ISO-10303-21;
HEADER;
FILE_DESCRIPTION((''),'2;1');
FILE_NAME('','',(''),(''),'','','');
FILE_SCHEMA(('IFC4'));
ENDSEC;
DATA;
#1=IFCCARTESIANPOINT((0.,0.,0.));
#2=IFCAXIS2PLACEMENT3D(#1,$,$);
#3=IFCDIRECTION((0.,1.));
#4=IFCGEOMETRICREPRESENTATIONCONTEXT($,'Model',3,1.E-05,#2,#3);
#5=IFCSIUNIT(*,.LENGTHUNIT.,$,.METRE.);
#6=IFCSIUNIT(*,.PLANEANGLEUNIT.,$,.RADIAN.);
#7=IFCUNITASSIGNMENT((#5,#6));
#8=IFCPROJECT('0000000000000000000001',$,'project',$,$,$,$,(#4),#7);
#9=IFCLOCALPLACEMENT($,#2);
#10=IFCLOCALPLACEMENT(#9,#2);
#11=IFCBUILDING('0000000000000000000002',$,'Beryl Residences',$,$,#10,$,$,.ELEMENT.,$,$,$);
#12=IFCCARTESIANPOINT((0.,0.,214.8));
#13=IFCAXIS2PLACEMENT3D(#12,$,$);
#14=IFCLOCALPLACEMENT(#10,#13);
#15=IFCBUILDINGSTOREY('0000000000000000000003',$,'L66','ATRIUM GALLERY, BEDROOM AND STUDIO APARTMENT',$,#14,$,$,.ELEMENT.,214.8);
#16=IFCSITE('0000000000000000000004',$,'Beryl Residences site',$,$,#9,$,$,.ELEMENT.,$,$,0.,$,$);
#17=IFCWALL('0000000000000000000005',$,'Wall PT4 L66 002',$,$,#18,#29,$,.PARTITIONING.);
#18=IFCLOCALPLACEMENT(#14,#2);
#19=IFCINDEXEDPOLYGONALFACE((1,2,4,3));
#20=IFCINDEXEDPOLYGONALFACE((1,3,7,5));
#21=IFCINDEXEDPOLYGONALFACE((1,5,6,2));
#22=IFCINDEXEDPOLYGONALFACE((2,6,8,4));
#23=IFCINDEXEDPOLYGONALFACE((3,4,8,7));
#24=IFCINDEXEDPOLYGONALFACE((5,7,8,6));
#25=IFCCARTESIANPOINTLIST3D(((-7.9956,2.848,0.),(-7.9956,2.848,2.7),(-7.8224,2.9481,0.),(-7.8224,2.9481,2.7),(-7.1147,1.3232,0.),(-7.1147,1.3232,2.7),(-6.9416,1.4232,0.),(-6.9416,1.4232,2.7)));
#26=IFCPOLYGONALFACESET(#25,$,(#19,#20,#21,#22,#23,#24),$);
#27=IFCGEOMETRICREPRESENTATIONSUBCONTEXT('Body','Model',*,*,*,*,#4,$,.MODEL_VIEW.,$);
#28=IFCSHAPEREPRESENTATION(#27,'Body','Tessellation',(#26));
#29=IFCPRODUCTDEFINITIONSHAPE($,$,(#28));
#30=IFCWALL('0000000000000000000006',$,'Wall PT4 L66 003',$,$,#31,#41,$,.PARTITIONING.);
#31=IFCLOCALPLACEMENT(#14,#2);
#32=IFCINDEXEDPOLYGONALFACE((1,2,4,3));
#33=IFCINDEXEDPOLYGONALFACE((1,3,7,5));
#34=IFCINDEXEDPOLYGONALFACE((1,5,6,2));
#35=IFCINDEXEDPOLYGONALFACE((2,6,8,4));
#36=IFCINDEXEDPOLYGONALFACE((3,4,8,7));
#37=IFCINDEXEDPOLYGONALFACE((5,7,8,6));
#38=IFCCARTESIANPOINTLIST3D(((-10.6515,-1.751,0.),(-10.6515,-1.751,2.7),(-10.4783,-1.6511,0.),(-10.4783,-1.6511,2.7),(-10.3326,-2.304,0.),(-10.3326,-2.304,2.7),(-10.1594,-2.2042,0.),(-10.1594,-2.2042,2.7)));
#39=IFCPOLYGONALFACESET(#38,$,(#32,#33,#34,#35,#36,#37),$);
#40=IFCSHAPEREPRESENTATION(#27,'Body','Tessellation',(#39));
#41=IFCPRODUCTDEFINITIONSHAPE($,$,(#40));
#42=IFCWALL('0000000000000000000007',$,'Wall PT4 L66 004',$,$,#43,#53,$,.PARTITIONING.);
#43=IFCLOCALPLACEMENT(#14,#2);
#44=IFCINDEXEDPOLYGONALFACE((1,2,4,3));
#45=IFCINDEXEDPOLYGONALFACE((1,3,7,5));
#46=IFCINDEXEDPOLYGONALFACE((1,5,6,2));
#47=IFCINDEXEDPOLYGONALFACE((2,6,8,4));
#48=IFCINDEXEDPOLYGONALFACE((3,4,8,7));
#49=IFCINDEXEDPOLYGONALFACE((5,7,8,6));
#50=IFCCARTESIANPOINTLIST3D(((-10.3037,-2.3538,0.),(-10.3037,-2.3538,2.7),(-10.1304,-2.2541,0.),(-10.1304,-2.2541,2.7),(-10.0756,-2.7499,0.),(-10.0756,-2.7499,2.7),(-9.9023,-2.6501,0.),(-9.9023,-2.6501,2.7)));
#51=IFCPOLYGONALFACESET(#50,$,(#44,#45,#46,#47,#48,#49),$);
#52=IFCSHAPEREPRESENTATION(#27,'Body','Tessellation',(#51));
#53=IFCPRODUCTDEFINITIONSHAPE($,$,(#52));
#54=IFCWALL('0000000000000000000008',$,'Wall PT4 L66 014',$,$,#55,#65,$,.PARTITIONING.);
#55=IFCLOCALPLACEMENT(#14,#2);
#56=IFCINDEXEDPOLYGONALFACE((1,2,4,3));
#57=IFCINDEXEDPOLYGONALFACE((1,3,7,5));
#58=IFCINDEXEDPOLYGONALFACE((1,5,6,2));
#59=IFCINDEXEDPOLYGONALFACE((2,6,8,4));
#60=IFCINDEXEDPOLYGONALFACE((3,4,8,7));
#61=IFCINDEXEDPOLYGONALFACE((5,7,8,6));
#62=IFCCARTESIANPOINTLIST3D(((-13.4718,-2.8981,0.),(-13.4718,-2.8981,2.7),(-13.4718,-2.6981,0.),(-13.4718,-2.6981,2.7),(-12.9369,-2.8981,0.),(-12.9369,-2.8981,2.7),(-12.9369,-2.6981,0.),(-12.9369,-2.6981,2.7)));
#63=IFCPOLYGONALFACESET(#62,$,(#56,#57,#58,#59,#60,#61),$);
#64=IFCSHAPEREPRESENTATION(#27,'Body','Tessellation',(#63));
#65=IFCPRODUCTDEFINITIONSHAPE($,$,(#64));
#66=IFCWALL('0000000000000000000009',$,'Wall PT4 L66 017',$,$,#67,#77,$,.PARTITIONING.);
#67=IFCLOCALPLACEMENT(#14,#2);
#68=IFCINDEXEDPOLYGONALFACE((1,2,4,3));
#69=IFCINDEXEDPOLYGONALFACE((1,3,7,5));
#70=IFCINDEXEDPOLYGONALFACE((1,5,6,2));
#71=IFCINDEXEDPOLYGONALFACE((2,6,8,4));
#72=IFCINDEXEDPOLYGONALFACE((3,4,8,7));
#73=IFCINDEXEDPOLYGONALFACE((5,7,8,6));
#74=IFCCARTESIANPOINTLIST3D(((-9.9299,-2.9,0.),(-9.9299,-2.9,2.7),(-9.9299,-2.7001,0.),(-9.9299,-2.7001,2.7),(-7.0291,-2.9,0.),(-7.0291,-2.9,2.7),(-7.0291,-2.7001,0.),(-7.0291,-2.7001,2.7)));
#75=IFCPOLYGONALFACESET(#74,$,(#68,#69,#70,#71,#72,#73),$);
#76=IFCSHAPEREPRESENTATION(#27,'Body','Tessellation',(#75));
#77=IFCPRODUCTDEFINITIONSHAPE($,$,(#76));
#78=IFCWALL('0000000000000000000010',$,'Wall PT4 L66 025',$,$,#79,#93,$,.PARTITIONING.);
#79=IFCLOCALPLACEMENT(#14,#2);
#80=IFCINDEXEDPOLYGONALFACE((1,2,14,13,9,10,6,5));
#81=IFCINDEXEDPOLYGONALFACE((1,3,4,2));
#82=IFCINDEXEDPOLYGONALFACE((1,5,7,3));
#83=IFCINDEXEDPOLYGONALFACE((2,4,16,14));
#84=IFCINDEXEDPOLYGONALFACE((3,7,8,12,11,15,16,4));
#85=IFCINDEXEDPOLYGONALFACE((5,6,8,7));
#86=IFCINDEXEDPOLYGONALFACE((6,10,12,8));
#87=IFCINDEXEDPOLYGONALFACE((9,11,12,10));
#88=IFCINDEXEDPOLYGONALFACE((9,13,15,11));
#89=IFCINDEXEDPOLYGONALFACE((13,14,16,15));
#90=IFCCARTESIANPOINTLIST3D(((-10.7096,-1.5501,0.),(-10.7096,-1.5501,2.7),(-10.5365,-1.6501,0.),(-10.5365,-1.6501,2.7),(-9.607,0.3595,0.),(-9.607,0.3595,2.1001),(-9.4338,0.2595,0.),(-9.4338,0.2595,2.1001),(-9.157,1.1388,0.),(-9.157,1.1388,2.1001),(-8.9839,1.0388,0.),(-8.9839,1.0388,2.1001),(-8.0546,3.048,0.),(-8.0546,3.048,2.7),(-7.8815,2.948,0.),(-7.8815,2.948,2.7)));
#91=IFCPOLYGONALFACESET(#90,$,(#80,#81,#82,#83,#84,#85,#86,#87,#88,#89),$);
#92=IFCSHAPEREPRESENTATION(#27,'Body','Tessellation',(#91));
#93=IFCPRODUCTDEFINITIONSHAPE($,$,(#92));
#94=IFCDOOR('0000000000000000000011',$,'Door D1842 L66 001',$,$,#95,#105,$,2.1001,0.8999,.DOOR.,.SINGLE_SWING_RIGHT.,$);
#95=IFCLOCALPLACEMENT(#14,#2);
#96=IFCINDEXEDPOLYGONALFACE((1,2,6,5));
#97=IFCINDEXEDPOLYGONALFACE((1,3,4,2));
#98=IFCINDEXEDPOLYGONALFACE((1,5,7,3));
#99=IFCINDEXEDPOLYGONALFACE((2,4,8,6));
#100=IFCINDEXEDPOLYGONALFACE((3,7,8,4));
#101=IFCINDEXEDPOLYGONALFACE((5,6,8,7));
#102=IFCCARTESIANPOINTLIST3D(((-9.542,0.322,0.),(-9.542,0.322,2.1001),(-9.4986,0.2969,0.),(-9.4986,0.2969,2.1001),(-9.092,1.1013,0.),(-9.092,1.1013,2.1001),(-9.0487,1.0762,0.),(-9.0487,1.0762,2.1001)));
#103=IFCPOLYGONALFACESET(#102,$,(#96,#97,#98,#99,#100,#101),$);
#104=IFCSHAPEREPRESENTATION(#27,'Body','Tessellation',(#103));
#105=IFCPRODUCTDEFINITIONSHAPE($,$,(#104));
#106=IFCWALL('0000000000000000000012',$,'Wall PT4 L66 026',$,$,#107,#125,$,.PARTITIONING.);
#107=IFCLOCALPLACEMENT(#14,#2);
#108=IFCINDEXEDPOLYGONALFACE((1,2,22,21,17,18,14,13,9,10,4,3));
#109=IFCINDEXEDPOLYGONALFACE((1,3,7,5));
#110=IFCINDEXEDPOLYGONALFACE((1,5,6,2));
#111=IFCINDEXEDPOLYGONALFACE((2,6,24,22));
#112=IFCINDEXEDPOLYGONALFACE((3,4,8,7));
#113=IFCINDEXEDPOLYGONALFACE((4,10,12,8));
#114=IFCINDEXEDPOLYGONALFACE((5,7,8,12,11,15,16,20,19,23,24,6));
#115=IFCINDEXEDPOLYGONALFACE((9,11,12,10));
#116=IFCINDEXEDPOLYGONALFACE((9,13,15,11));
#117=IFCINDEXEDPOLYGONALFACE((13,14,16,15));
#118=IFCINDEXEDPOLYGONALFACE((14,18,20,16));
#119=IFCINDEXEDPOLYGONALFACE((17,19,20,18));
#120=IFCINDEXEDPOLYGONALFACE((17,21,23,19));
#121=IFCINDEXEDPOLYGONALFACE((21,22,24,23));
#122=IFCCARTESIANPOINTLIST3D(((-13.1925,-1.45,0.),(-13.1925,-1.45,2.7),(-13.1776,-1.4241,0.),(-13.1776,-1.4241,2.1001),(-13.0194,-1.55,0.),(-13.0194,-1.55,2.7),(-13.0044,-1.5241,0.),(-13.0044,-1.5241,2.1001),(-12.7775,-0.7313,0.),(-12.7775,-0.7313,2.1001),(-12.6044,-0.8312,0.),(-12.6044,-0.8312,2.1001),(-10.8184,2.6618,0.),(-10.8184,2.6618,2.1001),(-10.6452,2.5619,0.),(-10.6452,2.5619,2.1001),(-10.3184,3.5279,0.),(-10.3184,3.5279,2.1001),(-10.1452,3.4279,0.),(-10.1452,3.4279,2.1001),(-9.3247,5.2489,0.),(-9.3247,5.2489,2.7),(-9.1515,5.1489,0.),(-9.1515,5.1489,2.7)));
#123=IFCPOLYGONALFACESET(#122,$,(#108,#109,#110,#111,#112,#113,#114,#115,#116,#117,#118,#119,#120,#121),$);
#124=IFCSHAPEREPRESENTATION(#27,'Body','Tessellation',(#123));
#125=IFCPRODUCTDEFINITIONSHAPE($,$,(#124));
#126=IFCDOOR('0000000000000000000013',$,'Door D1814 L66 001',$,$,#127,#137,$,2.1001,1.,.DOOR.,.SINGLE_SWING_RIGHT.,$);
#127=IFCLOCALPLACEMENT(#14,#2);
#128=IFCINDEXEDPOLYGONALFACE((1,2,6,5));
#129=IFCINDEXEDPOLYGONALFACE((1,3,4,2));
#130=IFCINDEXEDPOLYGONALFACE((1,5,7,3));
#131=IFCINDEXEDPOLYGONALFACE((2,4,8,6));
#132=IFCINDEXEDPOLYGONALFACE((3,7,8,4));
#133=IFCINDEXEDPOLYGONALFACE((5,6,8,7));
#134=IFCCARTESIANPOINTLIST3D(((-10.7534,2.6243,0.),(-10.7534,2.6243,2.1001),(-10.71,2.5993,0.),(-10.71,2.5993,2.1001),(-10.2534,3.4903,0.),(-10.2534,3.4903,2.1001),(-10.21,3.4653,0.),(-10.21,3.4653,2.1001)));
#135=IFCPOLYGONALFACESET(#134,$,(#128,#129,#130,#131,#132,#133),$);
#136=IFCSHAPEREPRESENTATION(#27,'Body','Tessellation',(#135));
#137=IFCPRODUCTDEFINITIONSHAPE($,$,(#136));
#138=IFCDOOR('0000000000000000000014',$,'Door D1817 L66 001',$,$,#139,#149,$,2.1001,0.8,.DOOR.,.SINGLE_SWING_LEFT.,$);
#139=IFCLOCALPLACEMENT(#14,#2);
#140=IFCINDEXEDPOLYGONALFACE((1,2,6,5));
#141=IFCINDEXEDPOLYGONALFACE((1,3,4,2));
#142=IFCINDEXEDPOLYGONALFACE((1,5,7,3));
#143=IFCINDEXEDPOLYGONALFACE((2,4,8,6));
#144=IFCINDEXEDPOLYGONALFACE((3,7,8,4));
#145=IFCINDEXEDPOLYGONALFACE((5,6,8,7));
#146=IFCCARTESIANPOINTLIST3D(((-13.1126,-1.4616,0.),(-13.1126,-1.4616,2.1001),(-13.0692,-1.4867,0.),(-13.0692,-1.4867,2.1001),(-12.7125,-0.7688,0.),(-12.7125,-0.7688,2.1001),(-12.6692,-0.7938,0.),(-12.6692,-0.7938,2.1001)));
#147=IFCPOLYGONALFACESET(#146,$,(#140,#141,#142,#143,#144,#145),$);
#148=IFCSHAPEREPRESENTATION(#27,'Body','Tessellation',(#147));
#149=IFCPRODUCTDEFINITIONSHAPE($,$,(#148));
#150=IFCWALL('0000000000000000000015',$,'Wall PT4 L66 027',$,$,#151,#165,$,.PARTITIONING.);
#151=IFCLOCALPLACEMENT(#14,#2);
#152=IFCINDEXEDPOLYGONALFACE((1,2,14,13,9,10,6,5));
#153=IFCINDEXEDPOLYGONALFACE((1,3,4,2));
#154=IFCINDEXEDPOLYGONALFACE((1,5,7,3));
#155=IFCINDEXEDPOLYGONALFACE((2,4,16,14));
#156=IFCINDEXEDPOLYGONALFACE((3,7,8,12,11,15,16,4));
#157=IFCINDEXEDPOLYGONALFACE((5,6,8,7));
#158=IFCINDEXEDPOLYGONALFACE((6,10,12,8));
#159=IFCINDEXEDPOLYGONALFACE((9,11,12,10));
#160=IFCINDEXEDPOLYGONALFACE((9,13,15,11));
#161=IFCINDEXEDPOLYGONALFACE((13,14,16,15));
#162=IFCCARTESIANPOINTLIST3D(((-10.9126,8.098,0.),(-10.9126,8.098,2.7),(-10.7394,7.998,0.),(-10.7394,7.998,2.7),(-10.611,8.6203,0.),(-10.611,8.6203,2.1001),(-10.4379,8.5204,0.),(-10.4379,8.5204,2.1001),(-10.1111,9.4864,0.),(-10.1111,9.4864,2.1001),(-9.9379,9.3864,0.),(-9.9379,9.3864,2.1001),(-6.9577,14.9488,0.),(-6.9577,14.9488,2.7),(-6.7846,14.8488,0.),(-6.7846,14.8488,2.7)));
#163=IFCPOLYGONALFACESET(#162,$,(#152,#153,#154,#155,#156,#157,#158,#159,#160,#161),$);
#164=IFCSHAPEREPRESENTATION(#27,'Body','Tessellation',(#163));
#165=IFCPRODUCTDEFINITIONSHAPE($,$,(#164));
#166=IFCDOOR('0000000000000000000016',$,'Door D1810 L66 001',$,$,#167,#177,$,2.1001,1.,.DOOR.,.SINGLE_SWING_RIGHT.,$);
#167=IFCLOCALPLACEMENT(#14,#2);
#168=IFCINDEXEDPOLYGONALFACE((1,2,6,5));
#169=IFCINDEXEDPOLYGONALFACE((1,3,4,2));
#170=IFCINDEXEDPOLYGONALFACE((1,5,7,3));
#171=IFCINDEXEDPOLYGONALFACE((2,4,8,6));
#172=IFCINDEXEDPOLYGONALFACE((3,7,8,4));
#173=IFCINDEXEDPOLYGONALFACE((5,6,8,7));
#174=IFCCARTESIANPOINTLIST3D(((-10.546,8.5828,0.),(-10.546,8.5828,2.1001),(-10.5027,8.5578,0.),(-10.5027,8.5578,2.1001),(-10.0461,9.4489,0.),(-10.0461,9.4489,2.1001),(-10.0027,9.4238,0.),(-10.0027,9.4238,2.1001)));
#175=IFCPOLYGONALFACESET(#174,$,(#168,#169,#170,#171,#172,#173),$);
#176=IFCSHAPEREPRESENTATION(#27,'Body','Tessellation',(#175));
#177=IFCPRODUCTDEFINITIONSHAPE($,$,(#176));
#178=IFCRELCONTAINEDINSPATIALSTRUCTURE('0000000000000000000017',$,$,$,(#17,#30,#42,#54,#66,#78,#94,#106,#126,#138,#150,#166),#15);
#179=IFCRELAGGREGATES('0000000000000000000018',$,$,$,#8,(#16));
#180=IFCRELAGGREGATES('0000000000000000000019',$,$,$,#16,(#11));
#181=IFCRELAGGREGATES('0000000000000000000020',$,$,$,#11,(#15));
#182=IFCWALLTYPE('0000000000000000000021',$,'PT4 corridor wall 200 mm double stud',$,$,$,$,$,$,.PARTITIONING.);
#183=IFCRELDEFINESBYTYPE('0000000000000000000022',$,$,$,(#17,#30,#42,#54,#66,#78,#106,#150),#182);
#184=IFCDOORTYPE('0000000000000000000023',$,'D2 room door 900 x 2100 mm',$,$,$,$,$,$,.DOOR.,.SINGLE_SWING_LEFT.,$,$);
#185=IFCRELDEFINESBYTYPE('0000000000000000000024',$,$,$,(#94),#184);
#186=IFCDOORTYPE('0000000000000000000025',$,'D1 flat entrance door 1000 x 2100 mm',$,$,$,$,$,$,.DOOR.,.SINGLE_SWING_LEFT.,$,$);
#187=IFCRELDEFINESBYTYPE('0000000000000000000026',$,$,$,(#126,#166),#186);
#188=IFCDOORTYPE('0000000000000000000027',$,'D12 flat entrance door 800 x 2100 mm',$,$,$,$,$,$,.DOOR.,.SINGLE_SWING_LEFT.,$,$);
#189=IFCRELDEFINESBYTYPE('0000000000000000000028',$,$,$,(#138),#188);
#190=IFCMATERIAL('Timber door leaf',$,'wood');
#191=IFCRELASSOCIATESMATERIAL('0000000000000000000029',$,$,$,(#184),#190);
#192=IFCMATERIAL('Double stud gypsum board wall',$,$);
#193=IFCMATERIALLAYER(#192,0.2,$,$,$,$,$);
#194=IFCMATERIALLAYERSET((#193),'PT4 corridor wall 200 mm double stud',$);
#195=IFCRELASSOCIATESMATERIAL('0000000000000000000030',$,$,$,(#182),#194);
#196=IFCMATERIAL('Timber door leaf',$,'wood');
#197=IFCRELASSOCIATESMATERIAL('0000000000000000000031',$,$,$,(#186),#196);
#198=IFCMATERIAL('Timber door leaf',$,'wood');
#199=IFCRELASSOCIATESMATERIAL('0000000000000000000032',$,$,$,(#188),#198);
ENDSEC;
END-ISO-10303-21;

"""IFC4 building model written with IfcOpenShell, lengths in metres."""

from ifc_helpers import new_model, si_unit, direction, frame, frame_2d, origin, place, context, subcontext, project, spatial, rectangle, extrude, material, layer, layer_set, type_object, element, fill, save


model = new_model("IFC4")

# Units and contexts
model_context = context("Model", 3, precision=1e-05, world=origin(), true_north=direction((0.0, 1.0)))
body_context = subcontext(model_context, "Body", "Model", "MODEL_VIEW")
ifc_project = project(units=[si_unit("LENGTHUNIT", "METRE"), si_unit("PLANEANGLEUNIT", "RADIAN")], contexts=[model_context])

# Site, building, storey
site_placement = place(None, origin())
site = spatial("IfcSite", under=ifc_project, at=site_placement, Name="Beryl Residences site", CompositionType="ELEMENT", RefElevation=0.0)
building_placement = place(site_placement, origin())
building = spatial("IfcBuilding", under=site, at=building_placement, Name="Beryl Residences", CompositionType="ELEMENT")
storey_placement = place(building_placement, frame((0.0, 0.0, 214.8)))
storey = spatial("IfcBuildingStorey", under=building, at=storey_placement, Name="L66", Description="ATRIUM GALLERY, BEDROOM AND STUDIO APARTMENT", CompositionType="ELEMENT", Elevation=214.8)

# Shared definitions
ifc_material_1 = material(Name="Timber door leaf", Category="wood")
door_type_1 = type_object("IfcDoorType", Name="D2 room door 900 x 2100 mm", OperationType="SINGLE_SWING_LEFT", PredefinedType="DOOR", material=ifc_material_1)

# Walls
ifc_material_2 = material(Name="Double stud gypsum board wall")
ifc_layer_1 = layer(ifc_material_2, 0.2)
ifc_layer_set_1 = layer_set([ifc_layer_1], Name="PT4 corridor wall 200 mm double stud")
wall_type_1 = type_object("IfcWallType", Name="PT4 corridor wall 200 mm double stud", PredefinedType="PARTITIONING", material=ifc_layer_set_1)
wall_1_placement = place(storey_placement, frame((-7.9089, 2.8979, 0.0), z_axis=(0.0, 0.0, 1.0), x_axis=(0.500194, -0.865913, 0.0)))
element("IfcWall", 1, at=wall_1_placement, inside=storey, type_object=wall_type_1, Name="Wall PT4 L66 002", PredefinedType="PARTITIONING", context=body_context, shape_type="SweptSolid", body=[
    extrude(rectangle(XDim=1.761, YDim=0.2, at=frame_2d((0.8804, 0.0))), origin(), (0.0, 0.0, 1.0), 2.7),
])
wall_2_placement = place(storey_placement, frame((-10.5649, -1.7009, 0.0), z_axis=(0.0, 0.0, 1.0), x_axis=(0.499513, -0.866307, 0.0)))
element("IfcWall", 2, at=wall_2_placement, inside=storey, type_object=wall_type_1, Name="Wall PT4 L66 003", PredefinedType="PARTITIONING", context=body_context, shape_type="SweptSolid", body=[
    extrude(rectangle(XDim=0.6384, YDim=0.2, at=frame_2d((0.3193, 0.0))), origin(), (0.0, 0.0, 1.0), 2.7),
])
wall_3_placement = place(storey_placement, frame((-10.217, -2.304, 0.0), z_axis=(0.0, 0.0, 1.0), x_axis=(0.499013, -0.866594, 0.0)))
element("IfcWall", 3, at=wall_3_placement, inside=storey, type_object=wall_type_1, Name="Wall PT4 L66 004", PredefinedType="PARTITIONING", context=body_context, shape_type="SweptSolid", body=[
    extrude(rectangle(XDim=0.457, YDim=0.2, at=frame_2d((0.2285, 0.0))), origin(), (0.0, 0.0, 1.0), 2.7),
])
wall_4_placement = place(storey_placement, frame((-13.4719, -2.7981, 0.0), z_axis=(0.0, 0.0, 1.0), x_axis=(1.0, 0.0, 0.0)))
element("IfcWall", 4, at=wall_4_placement, inside=storey, type_object=wall_type_1, Name="Wall PT4 L66 014", PredefinedType="PARTITIONING", context=body_context, shape_type="SweptSolid", body=[
    extrude(rectangle(XDim=0.5349, YDim=0.2, at=frame_2d((0.2676, 0.0))), origin(), (0.0, 0.0, 1.0), 2.7),
])
wall_5_placement = place(storey_placement, frame((-9.9299, -2.8, 0.0), z_axis=(0.0, 0.0, 1.0), x_axis=(1.0, 0.0, 0.0)))
element("IfcWall", 5, at=wall_5_placement, inside=storey, type_object=wall_type_1, Name="Wall PT4 L66 017", PredefinedType="PARTITIONING", context=body_context, shape_type="SweptSolid", body=[
    extrude(rectangle(XDim=2.9009, YDim=0.2, at=frame_2d((1.4504, 0.0))), origin(), (0.0, 0.0, 1.0), 2.7),
])

# Wall, opening, door
wall_6_placement = place(storey_placement, frame((-10.623, -1.6001, 0.0), z_axis=(0.0, 0.0, 1.0), x_axis=(0.500041, 0.866002, 0.0)))
wall_6 = element("IfcWall", 6, at=wall_6_placement, inside=storey, type_object=wall_type_1, Name="Wall PT4 L66 025", PredefinedType="PARTITIONING", context=body_context, shape_type="SweptSolid", body=[
    extrude(rectangle(XDim=5.3096, YDim=0.2, at=frame_2d((2.6548, 0.0))), origin(), (0.0, 0.0, 1.0), 2.7),
])
opening_1_placement = place(wall_6_placement, frame((2.2051, 0.0, 0.0)))
opening_1 = element("IfcOpeningElement", 7, at=opening_1_placement, cuts=wall_6, PredefinedType="OPENING", context=body_context, shape_type="SweptSolid", body=[
    extrude(rectangle(XDim=0.8999, YDim=2.1001, at=frame_2d((0.45, 1.05))), frame((0.0, 0.1099, 0.0), z_axis=(0.0, -1.0, 0.0), x_axis=(1.0, 0.0, 0.0)), (0.0, 0.0, 1.0), 0.22),
])
door_1_placement = place(opening_1_placement, origin())
door_1 = element("IfcDoor", 8, at=door_1_placement, inside=storey, type_object=door_type_1, Name="Door D1842 L66 001", OperationType="SINGLE_SWING_RIGHT", OverallHeight=2.1001, OverallWidth=0.8999, PredefinedType="DOOR", context=body_context, shape_type="SweptSolid", body=[
    extrude(rectangle(XDim=0.8999, YDim=2.1001, at=frame_2d((0.45, 1.05))), frame((0.0, 0.0249, 0.0), z_axis=(0.0, -1.0, 0.0), x_axis=(1.0, 0.0, 0.0)), (0.0, 0.0, 1.0), 0.05),
])
fill(opening_1, door_1)

# Wall, openings, doors
wall_7_placement = place(storey_placement, frame((-13.106, -1.5, 0.0), z_axis=(0.0, 0.0, 1.0), x_axis=(0.500026, 0.866011, 0.0)))
wall_7 = element("IfcWall", 9, at=wall_7_placement, inside=storey, type_object=wall_type_1, Name="Wall PT4 L66 026", PredefinedType="PARTITIONING", context=body_context, shape_type="SweptSolid", body=[
    extrude(rectangle(XDim=7.7354, YDim=0.2, at=frame_2d((3.8677, 0.0))), origin(), (0.0, 0.0, 1.0), 2.7),
])
opening_2_placement = place(wall_7_placement, frame((4.748, 0.0, 0.0)))
opening_2 = element("IfcOpeningElement", 10, at=opening_2_placement, cuts=wall_7, PredefinedType="OPENING", context=body_context, shape_type="SweptSolid", body=[
    extrude(rectangle(XDim=1.0, YDim=2.1001, at=frame_2d((0.5, 1.05))), frame((0.0, 0.1099, 0.0), z_axis=(0.0, -1.0, 0.0), x_axis=(1.0, 0.0, 0.0)), (0.0, 0.0, 1.0), 0.22),
])
opening_3_placement = place(wall_7_placement, frame((0.03, 0.0, 0.0)))
opening_3 = element("IfcOpeningElement", 11, at=opening_3_placement, cuts=wall_7, PredefinedType="OPENING", context=body_context, shape_type="SweptSolid", body=[
    extrude(rectangle(XDim=0.8, YDim=2.1001, at=frame_2d((0.3999, 1.05))), frame((0.0, 0.1099, 0.0), z_axis=(0.0, -1.0, 0.0), x_axis=(1.0, 0.0, 0.0)), (0.0, 0.0, 1.0), 0.22),
])
ifc_material_3 = material(Name="Timber door leaf", Category="wood")
door_type_2 = type_object("IfcDoorType", Name="D1 flat entrance door 1000 x 2100 mm", OperationType="SINGLE_SWING_LEFT", PredefinedType="DOOR", material=ifc_material_3)
door_2_placement = place(opening_2_placement, origin())
door_2 = element("IfcDoor", 12, at=door_2_placement, inside=storey, type_object=door_type_2, Name="Door D1814 L66 001", OperationType="SINGLE_SWING_RIGHT", OverallHeight=2.1001, OverallWidth=1.0, PredefinedType="DOOR", context=body_context, shape_type="SweptSolid", body=[
    extrude(rectangle(XDim=1.0, YDim=2.1001, at=frame_2d((0.5, 1.05))), frame((0.0, 0.0249, 0.0), z_axis=(0.0, -1.0, 0.0), x_axis=(1.0, 0.0, 0.0)), (0.0, 0.0, 1.0), 0.05),
])
fill(opening_2, door_2)
ifc_material_4 = material(Name="Timber door leaf", Category="wood")
door_type_3 = type_object("IfcDoorType", Name="D12 flat entrance door 800 x 2100 mm", OperationType="SINGLE_SWING_LEFT", PredefinedType="DOOR", material=ifc_material_4)
door_3_placement = place(opening_3_placement, origin())
door_3 = element("IfcDoor", 13, at=door_3_placement, inside=storey, type_object=door_type_3, Name="Door D1817 L66 001", OperationType="SINGLE_SWING_LEFT", OverallHeight=2.1001, OverallWidth=0.8, PredefinedType="DOOR", context=body_context, shape_type="SweptSolid", body=[
    extrude(rectangle(XDim=0.8, YDim=2.1001, at=frame_2d((0.3999, 1.05))), frame((0.0, 0.0249, 0.0), z_axis=(0.0, -1.0, 0.0), x_axis=(1.0, 0.0, 0.0)), (0.0, 0.0, 1.0), 0.05),
])
fill(opening_3, door_3)

# Wall, opening, door
wall_8_placement = place(storey_placement, frame((-10.8259, 8.0481, 0.0), z_axis=(0.0, 0.0, 1.0), x_axis=(0.499953, 0.866052, 0.0)))
wall_8 = element("IfcWall", 14, at=wall_8_placement, inside=storey, type_object=wall_type_1, Name="Wall PT4 L66 027", PredefinedType="PARTITIONING", context=body_context, shape_type="SweptSolid", body=[
    extrude(rectangle(XDim=7.9104, YDim=0.2, at=frame_2d((3.9551, 0.0))), origin(), (0.0, 0.0, 1.0), 2.7),
])
opening_4_placement = place(wall_8_placement, frame((0.603, 0.0, 0.0)))
opening_4 = element("IfcOpeningElement", 15, at=opening_4_placement, cuts=wall_8, PredefinedType="OPENING", context=body_context, shape_type="SweptSolid", body=[
    extrude(rectangle(XDim=1.0, YDim=2.1001, at=frame_2d((0.5, 1.05))), frame((0.0, 0.1099, 0.0), z_axis=(0.0, -1.0, 0.0), x_axis=(1.0, 0.0, 0.0)), (0.0, 0.0, 1.0), 0.22),
])
door_4_placement = place(opening_4_placement, origin())
door_4 = element("IfcDoor", 16, at=door_4_placement, inside=storey, type_object=door_type_2, Name="Door D1810 L66 001", OperationType="SINGLE_SWING_RIGHT", OverallHeight=2.1001, OverallWidth=1.0, PredefinedType="DOOR", context=body_context, shape_type="SweptSolid", body=[
    extrude(rectangle(XDim=1.0, YDim=2.1001, at=frame_2d((0.5, 1.05))), frame((0.0, 0.0249, 0.0), z_axis=(0.0, -1.0, 0.0), x_axis=(1.0, 0.0, 0.0)), (0.0, 0.0, 1.0), 0.05),
])
fill(opening_4, door_4)

save(model, "model.ifc")
